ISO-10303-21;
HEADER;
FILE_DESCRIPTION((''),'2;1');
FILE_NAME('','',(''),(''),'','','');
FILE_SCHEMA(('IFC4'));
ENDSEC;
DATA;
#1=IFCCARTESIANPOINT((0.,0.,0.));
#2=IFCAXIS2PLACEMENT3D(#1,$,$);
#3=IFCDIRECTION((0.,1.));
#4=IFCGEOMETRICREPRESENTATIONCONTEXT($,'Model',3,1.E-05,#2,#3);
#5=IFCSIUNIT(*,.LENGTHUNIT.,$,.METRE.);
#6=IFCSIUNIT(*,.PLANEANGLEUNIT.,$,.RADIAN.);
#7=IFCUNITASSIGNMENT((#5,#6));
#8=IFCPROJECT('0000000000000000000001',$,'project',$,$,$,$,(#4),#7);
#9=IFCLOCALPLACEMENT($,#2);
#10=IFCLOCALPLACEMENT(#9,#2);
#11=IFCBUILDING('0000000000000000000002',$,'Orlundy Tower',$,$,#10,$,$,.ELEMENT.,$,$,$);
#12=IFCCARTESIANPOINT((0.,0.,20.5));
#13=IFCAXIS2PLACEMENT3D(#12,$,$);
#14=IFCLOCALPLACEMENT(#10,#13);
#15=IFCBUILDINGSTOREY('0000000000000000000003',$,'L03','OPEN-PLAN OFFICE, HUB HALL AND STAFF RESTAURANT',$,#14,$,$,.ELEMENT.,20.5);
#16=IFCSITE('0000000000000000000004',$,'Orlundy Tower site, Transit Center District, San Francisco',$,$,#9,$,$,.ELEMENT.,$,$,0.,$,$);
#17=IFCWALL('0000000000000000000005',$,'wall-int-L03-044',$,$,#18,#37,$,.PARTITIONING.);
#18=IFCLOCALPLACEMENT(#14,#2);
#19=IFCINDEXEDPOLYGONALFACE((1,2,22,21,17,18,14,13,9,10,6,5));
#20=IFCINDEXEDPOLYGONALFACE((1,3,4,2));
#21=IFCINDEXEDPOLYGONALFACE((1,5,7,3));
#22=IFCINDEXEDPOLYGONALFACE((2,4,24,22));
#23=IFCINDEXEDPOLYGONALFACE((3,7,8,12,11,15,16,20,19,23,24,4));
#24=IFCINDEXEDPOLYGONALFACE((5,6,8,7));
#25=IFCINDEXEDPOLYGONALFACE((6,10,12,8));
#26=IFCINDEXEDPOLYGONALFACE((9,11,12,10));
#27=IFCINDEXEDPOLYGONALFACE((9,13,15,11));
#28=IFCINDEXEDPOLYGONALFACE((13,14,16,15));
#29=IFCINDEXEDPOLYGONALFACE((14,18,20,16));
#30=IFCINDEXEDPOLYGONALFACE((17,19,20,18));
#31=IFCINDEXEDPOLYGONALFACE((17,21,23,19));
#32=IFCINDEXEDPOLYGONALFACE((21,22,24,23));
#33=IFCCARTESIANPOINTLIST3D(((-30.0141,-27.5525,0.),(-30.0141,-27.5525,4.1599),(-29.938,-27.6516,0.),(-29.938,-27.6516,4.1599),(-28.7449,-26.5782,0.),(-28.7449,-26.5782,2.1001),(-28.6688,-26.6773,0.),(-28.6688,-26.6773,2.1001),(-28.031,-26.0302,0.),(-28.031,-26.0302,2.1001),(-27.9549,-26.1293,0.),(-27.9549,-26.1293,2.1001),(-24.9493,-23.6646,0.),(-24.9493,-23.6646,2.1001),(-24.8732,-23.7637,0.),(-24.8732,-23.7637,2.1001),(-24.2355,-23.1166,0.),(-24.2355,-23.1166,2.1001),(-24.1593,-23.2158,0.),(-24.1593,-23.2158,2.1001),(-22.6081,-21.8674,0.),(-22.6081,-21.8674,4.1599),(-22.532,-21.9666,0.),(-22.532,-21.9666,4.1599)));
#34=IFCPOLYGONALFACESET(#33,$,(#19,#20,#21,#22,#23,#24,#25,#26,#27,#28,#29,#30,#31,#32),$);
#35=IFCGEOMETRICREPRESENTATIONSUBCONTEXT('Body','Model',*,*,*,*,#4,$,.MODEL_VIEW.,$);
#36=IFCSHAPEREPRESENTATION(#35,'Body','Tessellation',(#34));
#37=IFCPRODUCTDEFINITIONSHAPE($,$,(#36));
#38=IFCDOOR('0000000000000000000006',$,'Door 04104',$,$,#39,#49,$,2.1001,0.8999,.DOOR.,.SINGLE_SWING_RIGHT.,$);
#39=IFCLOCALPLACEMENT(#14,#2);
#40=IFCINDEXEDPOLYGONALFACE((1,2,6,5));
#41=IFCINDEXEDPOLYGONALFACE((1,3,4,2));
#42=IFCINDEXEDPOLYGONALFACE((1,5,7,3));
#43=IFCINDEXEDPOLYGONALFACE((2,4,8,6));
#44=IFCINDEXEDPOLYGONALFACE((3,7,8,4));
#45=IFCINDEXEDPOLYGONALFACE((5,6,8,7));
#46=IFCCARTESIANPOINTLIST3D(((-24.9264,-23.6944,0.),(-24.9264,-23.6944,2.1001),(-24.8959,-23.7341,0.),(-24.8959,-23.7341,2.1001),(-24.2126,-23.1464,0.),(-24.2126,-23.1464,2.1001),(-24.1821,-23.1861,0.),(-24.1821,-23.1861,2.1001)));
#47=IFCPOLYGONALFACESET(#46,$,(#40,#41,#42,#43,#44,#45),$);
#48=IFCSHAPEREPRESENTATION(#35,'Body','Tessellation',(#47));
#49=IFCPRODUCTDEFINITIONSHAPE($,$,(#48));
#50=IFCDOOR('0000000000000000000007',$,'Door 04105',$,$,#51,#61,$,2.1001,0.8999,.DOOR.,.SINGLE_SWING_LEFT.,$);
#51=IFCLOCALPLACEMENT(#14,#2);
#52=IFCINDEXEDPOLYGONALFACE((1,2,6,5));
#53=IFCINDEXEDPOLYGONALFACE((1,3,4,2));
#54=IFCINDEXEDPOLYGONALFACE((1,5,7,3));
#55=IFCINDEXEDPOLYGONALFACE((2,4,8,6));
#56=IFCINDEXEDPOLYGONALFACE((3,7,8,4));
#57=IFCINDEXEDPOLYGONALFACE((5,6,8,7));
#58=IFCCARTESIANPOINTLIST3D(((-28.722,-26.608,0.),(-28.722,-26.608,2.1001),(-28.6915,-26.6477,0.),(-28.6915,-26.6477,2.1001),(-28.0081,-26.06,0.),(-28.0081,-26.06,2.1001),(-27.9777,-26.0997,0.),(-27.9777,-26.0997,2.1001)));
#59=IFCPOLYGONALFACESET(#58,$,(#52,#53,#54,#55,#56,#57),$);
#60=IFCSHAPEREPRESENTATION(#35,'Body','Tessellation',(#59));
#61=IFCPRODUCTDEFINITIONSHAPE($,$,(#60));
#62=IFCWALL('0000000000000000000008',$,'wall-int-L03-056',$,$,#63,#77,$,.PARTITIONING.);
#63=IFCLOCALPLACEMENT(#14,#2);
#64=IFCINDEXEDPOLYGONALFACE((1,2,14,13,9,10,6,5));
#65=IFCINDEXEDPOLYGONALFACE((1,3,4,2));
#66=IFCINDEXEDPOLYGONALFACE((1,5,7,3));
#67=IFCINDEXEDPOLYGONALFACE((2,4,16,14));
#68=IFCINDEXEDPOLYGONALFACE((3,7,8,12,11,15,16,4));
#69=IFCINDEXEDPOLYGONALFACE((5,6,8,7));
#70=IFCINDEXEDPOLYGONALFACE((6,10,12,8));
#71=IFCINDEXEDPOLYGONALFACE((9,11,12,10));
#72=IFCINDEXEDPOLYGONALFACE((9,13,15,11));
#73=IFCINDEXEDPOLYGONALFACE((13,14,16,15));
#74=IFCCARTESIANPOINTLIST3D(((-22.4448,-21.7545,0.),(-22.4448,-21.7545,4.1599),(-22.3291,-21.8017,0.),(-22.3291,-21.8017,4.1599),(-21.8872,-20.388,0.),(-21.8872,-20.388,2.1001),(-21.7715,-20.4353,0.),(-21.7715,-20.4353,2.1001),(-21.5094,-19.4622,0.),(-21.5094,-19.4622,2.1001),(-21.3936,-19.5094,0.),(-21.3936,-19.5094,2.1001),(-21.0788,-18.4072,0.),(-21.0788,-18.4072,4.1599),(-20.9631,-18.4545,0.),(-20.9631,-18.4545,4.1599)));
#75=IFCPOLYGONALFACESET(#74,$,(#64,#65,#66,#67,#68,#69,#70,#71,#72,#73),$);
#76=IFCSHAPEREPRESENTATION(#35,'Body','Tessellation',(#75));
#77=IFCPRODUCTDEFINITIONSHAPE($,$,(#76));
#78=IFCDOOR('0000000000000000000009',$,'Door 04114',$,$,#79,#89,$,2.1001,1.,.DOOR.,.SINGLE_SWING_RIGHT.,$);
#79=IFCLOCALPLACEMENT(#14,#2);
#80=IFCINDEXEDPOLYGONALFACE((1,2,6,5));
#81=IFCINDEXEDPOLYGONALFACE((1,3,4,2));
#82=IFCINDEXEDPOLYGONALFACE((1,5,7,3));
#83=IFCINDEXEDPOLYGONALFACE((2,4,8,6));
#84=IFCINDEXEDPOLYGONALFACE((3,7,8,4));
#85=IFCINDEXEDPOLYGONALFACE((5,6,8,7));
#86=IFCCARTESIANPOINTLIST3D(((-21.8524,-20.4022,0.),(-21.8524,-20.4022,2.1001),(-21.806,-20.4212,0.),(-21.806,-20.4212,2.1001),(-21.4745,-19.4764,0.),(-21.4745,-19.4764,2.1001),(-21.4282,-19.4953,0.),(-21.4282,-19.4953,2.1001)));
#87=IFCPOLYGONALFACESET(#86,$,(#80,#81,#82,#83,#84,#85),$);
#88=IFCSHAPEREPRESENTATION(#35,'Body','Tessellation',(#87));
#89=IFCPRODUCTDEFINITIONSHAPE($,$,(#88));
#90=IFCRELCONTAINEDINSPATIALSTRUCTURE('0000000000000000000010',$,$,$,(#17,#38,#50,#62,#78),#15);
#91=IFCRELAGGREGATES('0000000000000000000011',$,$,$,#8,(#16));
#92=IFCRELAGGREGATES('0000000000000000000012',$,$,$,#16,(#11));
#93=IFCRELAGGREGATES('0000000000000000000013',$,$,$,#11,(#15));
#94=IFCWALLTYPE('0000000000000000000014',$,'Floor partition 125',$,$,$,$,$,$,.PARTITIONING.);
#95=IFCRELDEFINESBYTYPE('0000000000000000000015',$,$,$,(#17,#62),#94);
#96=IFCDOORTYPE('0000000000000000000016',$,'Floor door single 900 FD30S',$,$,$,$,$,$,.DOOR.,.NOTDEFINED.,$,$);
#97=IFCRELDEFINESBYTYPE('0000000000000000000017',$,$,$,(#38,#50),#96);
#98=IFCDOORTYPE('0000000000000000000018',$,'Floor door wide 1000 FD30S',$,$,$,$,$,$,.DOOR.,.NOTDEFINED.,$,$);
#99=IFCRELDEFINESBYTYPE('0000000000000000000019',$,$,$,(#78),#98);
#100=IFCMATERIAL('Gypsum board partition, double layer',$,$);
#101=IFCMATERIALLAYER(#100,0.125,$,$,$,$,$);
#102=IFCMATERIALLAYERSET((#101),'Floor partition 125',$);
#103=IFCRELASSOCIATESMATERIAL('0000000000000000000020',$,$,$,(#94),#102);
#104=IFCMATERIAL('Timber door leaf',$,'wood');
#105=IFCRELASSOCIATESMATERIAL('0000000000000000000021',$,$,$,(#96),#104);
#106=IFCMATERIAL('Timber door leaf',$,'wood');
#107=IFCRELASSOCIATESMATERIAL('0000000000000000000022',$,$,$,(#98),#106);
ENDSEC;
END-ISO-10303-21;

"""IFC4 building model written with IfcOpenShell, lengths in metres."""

from ifc_helpers import new_model, si_unit, direction, frame, frame_2d, origin, place, context, subcontext, project, spatial, rectangle, extrude, material, layer, layer_set, type_object, element, fill, save


model = new_model("IFC4")

# Units and contexts
model_context = context("Model", 3, precision=1e-05, world=origin(), true_north=direction((0.0, 1.0)))
body_context = subcontext(model_context, "Body", "Model", "MODEL_VIEW")
ifc_project = project(units=[si_unit("LENGTHUNIT", "METRE"), si_unit("PLANEANGLEUNIT", "RADIAN")], contexts=[model_context])

# Site, building, storey
site_placement = place(None, origin())
site = spatial("IfcSite", under=ifc_project, at=site_placement, Name="Orlundy Tower site, Transit Center District, San Francisco", CompositionType="ELEMENT", RefElevation=0.0)
building_placement = place(site_placement, origin())
building = spatial("IfcBuilding", under=site, at=building_placement, Name="Orlundy Tower", CompositionType="ELEMENT")
storey_placement = place(building_placement, frame((0.0, 0.0, 20.5)))
storey = spatial("IfcBuildingStorey", under=building, at=storey_placement, Name="L03", Description="OPEN-PLAN OFFICE, HUB HALL AND STAFF RESTAURANT", CompositionType="ELEMENT", Elevation=20.5)

# Shared definitions
ifc_material_1 = material(Name="Gypsum board partition, double layer")
ifc_layer_1 = layer(ifc_material_1, 0.125)
ifc_layer_set_1 = layer_set([ifc_layer_1], Name="Floor partition 125")
wall_type_1 = type_object("IfcWallType", Name="Floor partition 125", PredefinedType="PARTITIONING", material=ifc_layer_set_1)

# Wall, openings, doors
wall_1_placement = place(storey_placement, frame((-29.9761, -27.6021, 0.0), z_axis=(0.0, 0.0, 1.0), x_axis=(0.793238, 0.608912, 0.0)))
wall_1 = element("IfcWall", 1, at=wall_1_placement, inside=storey, type_object=wall_type_1, Name="wall-int-L03-044", PredefinedType="PARTITIONING", context=body_context, shape_type="SweptSolid", body=[
    extrude(rectangle(XDim=9.3364, YDim=0.125, at=frame_2d((4.6682, 0.0))), origin(), (0.0, 0.0, 1.0), 4.1599),
])
opening_1_placement = place(wall_1_placement, frame((6.385, 0.0, 0.0)))
opening_1 = element("IfcOpeningElement", 2, at=opening_1_placement, cuts=wall_1, PredefinedType="OPENING", context=body_context, shape_type="SweptSolid", body=[
    extrude(rectangle(XDim=0.8999, YDim=2.1001, at=frame_2d((0.45, 1.05))), frame((0.0, 0.0725, 0.0), z_axis=(0.0, -1.0, 0.0), x_axis=(1.0, 0.0, 0.0)), (0.0, 0.0, 1.0), 0.145),
])
opening_2_placement = place(wall_1_placement, frame((1.6001, 0.0, 0.0)))
opening_2 = element("IfcOpeningElement", 3, at=opening_2_placement, cuts=wall_1, PredefinedType="OPENING", context=body_context, shape_type="SweptSolid", body=[
    extrude(rectangle(XDim=0.8999, YDim=2.1001, at=frame_2d((0.45, 1.05))), frame((0.0, 0.0725, 0.0), z_axis=(0.0, -1.0, 0.0), x_axis=(1.0, 0.0, 0.0)), (0.0, 0.0, 1.0), 0.145),
])
ifc_material_2 = material(Name="Timber door leaf", Category="wood")
door_type_1 = type_object("IfcDoorType", Name="Floor door single 900 FD30S", OperationType="NOTDEFINED", PredefinedType="DOOR", material=ifc_material_2)
door_1_placement = place(opening_1_placement, origin())
door_1 = element("IfcDoor", 4, at=door_1_placement, inside=storey, type_object=door_type_1, Name="Door 04104", OperationType="SINGLE_SWING_RIGHT", OverallHeight=2.1001, OverallWidth=0.8999, PredefinedType="DOOR", context=body_context, shape_type="SweptSolid", body=[
    extrude(rectangle(XDim=0.8999, YDim=2.1001, at=frame_2d((0.45, 1.05))), frame((0.0, 0.0249, 0.0), z_axis=(0.0, -1.0, 0.0), x_axis=(1.0, 0.0, 0.0)), (0.0, 0.0, 1.0), 0.05),
])
fill(opening_1, door_1)
door_2_placement = place(opening_2_placement, origin())
door_2 = element("IfcDoor", 5, at=door_2_placement, inside=storey, type_object=door_type_1, Name="Door 04105", OperationType="SINGLE_SWING_LEFT", OverallHeight=2.1001, OverallWidth=0.8999, PredefinedType="DOOR", context=body_context, shape_type="SweptSolid", body=[
    extrude(rectangle(XDim=0.8999, YDim=2.1001, at=frame_2d((0.45, 1.05))), frame((0.0, 0.0249, 0.0), z_axis=(0.0, -1.0, 0.0), x_axis=(1.0, 0.0, 0.0)), (0.0, 0.0, 1.0), 0.05),
])
fill(opening_2, door_2)

# Wall, opening, door
wall_2_placement = place(storey_placement, frame((-22.387, -21.7781, 0.0), z_axis=(0.0, 0.0, 1.0), x_axis=(0.377844, 0.925869, 0.0)))
wall_2 = element("IfcWall", 6, at=wall_2_placement, inside=storey, type_object=wall_type_1, Name="wall-int-L03-056", PredefinedType="PARTITIONING", context=body_context, shape_type="SweptSolid", body=[
    extrude(rectangle(XDim=3.6152, YDim=0.125, at=frame_2d((1.8076, 0.0))), origin(), (0.0, 0.0, 1.0), 4.1599),
])
opening_3_placement = place(wall_2_placement, frame((1.4758, 0.0, 0.0)))
opening_3 = element("IfcOpeningElement", 7, at=opening_3_placement, cuts=wall_2, PredefinedType="OPENING", context=body_context, shape_type="SweptSolid", body=[
    extrude(rectangle(XDim=1.0, YDim=2.1001, at=frame_2d((0.5, 1.05))), frame((0.0, 0.0725, 0.0), z_axis=(0.0, -1.0, 0.0), x_axis=(1.0, 0.0, 0.0)), (0.0, 0.0, 1.0), 0.145),
])
ifc_material_3 = material(Name="Timber door leaf", Category="wood")
door_type_2 = type_object("IfcDoorType", Name="Floor door wide 1000 FD30S", OperationType="NOTDEFINED", PredefinedType="DOOR", material=ifc_material_3)
door_3_placement = place(opening_3_placement, origin())
door_3 = element("IfcDoor", 8, at=door_3_placement, inside=storey, type_object=door_type_2, Name="Door 04114", OperationType="SINGLE_SWING_RIGHT", OverallHeight=2.1001, OverallWidth=1.0, PredefinedType="DOOR", context=body_context, shape_type="SweptSolid", body=[
    extrude(rectangle(XDim=1.0, YDim=2.1001, at=frame_2d((0.5, 1.05))), frame((0.0, 0.0249, 0.0), z_axis=(0.0, -1.0, 0.0), x_axis=(1.0, 0.0, 0.0)), (0.0, 0.0, 1.0), 0.05),
])
fill(opening_3, door_3)

save(model, "model.ifc")
